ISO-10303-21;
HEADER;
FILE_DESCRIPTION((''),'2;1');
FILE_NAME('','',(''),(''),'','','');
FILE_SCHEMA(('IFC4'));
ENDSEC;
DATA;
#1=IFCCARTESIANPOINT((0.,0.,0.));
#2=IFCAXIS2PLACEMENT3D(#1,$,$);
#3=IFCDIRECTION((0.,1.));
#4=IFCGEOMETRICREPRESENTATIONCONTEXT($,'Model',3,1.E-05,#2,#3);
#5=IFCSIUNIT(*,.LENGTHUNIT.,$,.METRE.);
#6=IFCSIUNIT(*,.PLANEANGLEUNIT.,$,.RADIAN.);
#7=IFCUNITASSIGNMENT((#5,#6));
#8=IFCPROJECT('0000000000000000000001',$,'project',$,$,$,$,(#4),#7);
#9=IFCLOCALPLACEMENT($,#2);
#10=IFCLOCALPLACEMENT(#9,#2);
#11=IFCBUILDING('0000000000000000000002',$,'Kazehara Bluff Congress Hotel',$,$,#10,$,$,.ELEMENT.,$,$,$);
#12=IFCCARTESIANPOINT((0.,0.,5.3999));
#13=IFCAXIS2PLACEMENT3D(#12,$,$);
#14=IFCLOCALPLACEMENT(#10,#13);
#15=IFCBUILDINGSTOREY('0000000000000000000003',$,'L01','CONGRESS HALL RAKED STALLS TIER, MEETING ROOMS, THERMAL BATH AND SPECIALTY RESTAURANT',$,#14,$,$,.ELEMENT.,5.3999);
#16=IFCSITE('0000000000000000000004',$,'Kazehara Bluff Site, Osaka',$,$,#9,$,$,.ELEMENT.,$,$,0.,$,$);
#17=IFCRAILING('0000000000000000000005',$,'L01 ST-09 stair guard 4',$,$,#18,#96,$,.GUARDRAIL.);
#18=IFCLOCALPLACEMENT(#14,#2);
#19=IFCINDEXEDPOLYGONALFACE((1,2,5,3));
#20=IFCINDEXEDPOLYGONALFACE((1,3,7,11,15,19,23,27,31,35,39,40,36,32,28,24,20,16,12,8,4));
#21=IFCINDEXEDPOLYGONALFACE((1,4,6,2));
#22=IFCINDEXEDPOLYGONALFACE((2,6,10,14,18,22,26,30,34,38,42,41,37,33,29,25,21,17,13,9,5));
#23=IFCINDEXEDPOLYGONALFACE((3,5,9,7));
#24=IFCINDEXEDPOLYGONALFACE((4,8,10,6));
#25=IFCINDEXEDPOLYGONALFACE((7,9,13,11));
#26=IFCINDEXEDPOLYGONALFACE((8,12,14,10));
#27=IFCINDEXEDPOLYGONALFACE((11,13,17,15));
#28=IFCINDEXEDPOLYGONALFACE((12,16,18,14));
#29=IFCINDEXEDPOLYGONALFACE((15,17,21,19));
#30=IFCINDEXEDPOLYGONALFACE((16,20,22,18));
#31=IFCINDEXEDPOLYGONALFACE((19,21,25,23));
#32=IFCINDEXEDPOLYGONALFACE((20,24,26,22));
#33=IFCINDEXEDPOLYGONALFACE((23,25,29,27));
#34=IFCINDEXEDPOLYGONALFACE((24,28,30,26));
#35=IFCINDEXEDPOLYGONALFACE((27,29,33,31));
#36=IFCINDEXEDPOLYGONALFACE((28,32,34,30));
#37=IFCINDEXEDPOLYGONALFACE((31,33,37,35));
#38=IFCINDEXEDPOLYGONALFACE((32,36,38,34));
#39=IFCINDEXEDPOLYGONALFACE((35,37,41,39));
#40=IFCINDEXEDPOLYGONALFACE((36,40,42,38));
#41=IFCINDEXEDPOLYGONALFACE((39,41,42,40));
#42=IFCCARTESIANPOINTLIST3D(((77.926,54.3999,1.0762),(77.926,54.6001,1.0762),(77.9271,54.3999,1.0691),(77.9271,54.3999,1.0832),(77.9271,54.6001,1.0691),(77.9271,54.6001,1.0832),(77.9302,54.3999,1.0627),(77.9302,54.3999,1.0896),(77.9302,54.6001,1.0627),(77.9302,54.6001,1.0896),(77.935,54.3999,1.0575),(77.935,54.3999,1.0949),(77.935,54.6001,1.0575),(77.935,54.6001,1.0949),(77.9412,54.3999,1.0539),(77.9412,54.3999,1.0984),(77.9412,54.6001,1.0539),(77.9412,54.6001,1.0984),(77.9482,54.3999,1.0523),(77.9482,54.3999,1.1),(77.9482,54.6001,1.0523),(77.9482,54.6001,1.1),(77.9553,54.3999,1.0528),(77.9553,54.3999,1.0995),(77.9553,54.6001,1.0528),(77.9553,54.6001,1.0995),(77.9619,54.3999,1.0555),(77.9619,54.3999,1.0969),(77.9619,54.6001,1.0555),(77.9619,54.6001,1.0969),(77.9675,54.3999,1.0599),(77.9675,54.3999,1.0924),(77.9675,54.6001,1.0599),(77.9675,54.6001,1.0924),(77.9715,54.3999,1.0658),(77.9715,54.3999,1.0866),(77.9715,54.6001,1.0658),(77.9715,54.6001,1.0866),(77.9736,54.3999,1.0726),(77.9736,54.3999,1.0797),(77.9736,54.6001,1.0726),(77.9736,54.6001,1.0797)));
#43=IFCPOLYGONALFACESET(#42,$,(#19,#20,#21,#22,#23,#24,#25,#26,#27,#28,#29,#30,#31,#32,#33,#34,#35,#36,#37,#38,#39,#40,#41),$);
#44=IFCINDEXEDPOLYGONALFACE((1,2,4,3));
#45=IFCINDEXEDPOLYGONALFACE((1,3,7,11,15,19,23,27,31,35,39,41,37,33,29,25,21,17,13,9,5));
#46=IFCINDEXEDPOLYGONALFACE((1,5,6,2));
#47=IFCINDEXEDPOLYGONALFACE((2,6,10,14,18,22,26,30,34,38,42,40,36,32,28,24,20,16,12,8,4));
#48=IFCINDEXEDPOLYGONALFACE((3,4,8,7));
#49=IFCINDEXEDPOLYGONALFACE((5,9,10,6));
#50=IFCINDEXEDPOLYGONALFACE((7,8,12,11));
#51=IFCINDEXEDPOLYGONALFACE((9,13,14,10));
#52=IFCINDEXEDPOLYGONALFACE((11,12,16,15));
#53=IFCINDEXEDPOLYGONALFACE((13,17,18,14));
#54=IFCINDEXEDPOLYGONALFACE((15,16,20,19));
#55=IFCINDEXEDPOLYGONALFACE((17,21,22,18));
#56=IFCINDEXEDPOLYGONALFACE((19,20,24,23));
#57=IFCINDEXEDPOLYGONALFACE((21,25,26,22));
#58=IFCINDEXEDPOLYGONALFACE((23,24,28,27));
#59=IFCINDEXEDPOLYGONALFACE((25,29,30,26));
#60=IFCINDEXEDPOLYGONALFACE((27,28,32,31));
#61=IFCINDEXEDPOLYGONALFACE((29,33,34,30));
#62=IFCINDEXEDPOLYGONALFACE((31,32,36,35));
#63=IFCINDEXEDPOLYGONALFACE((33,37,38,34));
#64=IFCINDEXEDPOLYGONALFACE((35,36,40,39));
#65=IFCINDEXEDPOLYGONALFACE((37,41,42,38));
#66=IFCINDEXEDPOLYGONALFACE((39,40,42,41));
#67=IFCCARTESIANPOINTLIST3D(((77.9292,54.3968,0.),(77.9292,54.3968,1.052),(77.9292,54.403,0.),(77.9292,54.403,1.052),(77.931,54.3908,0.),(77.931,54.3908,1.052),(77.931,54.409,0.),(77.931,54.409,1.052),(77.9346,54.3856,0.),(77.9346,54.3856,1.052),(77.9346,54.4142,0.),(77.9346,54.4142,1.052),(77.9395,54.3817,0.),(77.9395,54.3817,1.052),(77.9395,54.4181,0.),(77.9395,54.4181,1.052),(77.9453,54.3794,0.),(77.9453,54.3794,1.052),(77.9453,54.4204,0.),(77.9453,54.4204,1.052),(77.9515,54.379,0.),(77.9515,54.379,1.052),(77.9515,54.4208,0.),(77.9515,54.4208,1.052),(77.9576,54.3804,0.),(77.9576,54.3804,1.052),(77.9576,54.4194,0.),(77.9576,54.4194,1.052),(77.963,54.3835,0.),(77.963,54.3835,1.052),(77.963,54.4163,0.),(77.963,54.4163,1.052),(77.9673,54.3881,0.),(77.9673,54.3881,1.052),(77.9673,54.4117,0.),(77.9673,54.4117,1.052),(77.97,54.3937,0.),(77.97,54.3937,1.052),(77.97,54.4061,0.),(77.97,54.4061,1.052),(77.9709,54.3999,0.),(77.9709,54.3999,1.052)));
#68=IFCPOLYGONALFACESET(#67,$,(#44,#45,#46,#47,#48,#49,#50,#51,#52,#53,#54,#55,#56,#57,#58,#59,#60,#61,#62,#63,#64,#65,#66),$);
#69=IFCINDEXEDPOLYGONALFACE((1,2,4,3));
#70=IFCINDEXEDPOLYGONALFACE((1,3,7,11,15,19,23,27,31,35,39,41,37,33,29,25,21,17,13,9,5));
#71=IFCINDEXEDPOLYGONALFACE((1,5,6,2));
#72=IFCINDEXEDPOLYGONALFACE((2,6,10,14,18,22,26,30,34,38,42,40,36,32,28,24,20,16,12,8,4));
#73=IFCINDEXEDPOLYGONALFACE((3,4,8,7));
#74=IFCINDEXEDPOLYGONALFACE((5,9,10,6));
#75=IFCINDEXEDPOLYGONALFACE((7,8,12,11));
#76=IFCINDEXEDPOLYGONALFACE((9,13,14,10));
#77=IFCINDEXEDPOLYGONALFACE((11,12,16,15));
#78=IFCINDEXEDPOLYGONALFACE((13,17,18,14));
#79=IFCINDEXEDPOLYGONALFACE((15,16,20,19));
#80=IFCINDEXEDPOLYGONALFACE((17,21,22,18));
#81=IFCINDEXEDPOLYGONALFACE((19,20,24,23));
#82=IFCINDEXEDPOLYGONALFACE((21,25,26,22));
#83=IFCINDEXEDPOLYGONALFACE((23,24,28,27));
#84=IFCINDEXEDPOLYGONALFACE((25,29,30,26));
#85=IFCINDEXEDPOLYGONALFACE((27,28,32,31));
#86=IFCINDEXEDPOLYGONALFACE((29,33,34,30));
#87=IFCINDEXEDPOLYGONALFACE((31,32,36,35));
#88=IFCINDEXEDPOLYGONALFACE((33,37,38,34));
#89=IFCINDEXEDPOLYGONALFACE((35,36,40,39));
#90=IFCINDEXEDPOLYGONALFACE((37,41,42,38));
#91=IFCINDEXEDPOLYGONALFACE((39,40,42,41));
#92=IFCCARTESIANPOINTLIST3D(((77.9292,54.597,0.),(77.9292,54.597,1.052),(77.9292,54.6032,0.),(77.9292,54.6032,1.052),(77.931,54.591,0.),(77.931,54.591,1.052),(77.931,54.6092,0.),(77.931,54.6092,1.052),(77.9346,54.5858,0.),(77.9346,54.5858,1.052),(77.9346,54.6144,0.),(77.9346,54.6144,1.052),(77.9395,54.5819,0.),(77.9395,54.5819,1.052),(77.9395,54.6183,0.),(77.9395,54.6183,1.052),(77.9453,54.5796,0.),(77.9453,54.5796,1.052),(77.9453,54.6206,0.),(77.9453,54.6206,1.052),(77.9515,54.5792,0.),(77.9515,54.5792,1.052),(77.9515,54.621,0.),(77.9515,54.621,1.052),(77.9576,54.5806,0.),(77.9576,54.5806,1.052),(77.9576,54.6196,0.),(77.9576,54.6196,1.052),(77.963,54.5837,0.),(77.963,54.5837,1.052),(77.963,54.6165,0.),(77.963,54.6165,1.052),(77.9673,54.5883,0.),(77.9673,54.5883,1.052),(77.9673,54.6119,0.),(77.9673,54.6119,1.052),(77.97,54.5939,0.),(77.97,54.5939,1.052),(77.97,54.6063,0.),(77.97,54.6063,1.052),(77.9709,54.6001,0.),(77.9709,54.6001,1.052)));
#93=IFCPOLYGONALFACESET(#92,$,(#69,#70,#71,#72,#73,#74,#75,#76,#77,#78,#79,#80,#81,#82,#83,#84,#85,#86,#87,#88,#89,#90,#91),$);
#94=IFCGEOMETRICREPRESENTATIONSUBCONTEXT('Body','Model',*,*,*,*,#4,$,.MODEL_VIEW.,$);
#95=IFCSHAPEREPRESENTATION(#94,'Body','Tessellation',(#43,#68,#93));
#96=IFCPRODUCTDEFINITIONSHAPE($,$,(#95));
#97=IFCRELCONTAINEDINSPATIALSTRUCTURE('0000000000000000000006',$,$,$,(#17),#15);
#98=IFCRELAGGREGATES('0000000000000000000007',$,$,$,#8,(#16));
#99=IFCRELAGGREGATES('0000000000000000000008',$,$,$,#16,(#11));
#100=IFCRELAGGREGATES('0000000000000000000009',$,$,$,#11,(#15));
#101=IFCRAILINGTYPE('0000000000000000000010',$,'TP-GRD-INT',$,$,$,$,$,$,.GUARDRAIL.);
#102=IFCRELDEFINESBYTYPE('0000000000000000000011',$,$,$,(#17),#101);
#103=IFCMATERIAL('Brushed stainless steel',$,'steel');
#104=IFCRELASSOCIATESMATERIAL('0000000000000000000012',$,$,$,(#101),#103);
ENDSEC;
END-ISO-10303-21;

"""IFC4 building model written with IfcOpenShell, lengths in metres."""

from ifc_helpers import new_model, si_unit, direction, frame, origin, origin_2d, place, context, subcontext, project, spatial, circle, extrude, material, type_object, element, save


model = new_model("IFC4")

# Units and contexts
model_context = context("Model", 3, precision=1e-05, world=origin(), true_north=direction((0.0, 1.0)))
body_context = subcontext(model_context, "Body", "Model", "MODEL_VIEW")
ifc_project = project(units=[si_unit("LENGTHUNIT", "METRE"), si_unit("PLANEANGLEUNIT", "RADIAN")], contexts=[model_context])

# Site, building, storey
site_placement = place(None, origin())
site = spatial("IfcSite", under=ifc_project, at=site_placement, Name="Kazehara Bluff Site, Osaka", CompositionType="ELEMENT", RefElevation=0.0)
building_placement = place(site_placement, origin())
building = spatial("IfcBuilding", under=site, at=building_placement, Name="Kazehara Bluff Congress Hotel", CompositionType="ELEMENT")
storey_placement = place(building_placement, frame((0.0, 0.0, 5.3999)))
storey = spatial("IfcBuildingStorey", under=building, at=storey_placement, Name="L01", Description="CONGRESS HALL RAKED STALLS TIER, MEETING ROOMS, THERMAL BATH AND SPECIALTY RESTAURANT", CompositionType="ELEMENT", Elevation=5.3999)

# Railing
ifc_material_1 = material(Name="Brushed stainless steel", Category="steel")
railing_type_1 = type_object("IfcRailingType", Name="TP-GRD-INT", PredefinedType="GUARDRAIL", material=ifc_material_1)
railing_1_placement = place(storey_placement, frame((77.95, 54.3999, 0.0)))
element("IfcRailing", 1, at=railing_1_placement, inside=storey, type_object=railing_type_1, Name="L01 ST-09 stair guard 4", PredefinedType="GUARDRAIL", context=body_context, shape_type="SweptSolid", body=[
    extrude(circle(Radius=0.0239, at=origin_2d()), frame((0.0, 0.0, 1.0762), z_axis=(0.0, 1.0, 0.0), x_axis=(-1.0, 0.0, 0.0)), (0.0, 0.0, 1.0), 0.2002),
    extrude(circle(Radius=0.021, at=origin_2d()), origin(), (0.0, 0.0, 1.0), 1.052),
    extrude(circle(Radius=0.021, at=origin_2d()), frame((0.0, 0.2002, 0.0)), (0.0, 0.0, 1.0), 1.052),
])

save(model, "model.ifc")
